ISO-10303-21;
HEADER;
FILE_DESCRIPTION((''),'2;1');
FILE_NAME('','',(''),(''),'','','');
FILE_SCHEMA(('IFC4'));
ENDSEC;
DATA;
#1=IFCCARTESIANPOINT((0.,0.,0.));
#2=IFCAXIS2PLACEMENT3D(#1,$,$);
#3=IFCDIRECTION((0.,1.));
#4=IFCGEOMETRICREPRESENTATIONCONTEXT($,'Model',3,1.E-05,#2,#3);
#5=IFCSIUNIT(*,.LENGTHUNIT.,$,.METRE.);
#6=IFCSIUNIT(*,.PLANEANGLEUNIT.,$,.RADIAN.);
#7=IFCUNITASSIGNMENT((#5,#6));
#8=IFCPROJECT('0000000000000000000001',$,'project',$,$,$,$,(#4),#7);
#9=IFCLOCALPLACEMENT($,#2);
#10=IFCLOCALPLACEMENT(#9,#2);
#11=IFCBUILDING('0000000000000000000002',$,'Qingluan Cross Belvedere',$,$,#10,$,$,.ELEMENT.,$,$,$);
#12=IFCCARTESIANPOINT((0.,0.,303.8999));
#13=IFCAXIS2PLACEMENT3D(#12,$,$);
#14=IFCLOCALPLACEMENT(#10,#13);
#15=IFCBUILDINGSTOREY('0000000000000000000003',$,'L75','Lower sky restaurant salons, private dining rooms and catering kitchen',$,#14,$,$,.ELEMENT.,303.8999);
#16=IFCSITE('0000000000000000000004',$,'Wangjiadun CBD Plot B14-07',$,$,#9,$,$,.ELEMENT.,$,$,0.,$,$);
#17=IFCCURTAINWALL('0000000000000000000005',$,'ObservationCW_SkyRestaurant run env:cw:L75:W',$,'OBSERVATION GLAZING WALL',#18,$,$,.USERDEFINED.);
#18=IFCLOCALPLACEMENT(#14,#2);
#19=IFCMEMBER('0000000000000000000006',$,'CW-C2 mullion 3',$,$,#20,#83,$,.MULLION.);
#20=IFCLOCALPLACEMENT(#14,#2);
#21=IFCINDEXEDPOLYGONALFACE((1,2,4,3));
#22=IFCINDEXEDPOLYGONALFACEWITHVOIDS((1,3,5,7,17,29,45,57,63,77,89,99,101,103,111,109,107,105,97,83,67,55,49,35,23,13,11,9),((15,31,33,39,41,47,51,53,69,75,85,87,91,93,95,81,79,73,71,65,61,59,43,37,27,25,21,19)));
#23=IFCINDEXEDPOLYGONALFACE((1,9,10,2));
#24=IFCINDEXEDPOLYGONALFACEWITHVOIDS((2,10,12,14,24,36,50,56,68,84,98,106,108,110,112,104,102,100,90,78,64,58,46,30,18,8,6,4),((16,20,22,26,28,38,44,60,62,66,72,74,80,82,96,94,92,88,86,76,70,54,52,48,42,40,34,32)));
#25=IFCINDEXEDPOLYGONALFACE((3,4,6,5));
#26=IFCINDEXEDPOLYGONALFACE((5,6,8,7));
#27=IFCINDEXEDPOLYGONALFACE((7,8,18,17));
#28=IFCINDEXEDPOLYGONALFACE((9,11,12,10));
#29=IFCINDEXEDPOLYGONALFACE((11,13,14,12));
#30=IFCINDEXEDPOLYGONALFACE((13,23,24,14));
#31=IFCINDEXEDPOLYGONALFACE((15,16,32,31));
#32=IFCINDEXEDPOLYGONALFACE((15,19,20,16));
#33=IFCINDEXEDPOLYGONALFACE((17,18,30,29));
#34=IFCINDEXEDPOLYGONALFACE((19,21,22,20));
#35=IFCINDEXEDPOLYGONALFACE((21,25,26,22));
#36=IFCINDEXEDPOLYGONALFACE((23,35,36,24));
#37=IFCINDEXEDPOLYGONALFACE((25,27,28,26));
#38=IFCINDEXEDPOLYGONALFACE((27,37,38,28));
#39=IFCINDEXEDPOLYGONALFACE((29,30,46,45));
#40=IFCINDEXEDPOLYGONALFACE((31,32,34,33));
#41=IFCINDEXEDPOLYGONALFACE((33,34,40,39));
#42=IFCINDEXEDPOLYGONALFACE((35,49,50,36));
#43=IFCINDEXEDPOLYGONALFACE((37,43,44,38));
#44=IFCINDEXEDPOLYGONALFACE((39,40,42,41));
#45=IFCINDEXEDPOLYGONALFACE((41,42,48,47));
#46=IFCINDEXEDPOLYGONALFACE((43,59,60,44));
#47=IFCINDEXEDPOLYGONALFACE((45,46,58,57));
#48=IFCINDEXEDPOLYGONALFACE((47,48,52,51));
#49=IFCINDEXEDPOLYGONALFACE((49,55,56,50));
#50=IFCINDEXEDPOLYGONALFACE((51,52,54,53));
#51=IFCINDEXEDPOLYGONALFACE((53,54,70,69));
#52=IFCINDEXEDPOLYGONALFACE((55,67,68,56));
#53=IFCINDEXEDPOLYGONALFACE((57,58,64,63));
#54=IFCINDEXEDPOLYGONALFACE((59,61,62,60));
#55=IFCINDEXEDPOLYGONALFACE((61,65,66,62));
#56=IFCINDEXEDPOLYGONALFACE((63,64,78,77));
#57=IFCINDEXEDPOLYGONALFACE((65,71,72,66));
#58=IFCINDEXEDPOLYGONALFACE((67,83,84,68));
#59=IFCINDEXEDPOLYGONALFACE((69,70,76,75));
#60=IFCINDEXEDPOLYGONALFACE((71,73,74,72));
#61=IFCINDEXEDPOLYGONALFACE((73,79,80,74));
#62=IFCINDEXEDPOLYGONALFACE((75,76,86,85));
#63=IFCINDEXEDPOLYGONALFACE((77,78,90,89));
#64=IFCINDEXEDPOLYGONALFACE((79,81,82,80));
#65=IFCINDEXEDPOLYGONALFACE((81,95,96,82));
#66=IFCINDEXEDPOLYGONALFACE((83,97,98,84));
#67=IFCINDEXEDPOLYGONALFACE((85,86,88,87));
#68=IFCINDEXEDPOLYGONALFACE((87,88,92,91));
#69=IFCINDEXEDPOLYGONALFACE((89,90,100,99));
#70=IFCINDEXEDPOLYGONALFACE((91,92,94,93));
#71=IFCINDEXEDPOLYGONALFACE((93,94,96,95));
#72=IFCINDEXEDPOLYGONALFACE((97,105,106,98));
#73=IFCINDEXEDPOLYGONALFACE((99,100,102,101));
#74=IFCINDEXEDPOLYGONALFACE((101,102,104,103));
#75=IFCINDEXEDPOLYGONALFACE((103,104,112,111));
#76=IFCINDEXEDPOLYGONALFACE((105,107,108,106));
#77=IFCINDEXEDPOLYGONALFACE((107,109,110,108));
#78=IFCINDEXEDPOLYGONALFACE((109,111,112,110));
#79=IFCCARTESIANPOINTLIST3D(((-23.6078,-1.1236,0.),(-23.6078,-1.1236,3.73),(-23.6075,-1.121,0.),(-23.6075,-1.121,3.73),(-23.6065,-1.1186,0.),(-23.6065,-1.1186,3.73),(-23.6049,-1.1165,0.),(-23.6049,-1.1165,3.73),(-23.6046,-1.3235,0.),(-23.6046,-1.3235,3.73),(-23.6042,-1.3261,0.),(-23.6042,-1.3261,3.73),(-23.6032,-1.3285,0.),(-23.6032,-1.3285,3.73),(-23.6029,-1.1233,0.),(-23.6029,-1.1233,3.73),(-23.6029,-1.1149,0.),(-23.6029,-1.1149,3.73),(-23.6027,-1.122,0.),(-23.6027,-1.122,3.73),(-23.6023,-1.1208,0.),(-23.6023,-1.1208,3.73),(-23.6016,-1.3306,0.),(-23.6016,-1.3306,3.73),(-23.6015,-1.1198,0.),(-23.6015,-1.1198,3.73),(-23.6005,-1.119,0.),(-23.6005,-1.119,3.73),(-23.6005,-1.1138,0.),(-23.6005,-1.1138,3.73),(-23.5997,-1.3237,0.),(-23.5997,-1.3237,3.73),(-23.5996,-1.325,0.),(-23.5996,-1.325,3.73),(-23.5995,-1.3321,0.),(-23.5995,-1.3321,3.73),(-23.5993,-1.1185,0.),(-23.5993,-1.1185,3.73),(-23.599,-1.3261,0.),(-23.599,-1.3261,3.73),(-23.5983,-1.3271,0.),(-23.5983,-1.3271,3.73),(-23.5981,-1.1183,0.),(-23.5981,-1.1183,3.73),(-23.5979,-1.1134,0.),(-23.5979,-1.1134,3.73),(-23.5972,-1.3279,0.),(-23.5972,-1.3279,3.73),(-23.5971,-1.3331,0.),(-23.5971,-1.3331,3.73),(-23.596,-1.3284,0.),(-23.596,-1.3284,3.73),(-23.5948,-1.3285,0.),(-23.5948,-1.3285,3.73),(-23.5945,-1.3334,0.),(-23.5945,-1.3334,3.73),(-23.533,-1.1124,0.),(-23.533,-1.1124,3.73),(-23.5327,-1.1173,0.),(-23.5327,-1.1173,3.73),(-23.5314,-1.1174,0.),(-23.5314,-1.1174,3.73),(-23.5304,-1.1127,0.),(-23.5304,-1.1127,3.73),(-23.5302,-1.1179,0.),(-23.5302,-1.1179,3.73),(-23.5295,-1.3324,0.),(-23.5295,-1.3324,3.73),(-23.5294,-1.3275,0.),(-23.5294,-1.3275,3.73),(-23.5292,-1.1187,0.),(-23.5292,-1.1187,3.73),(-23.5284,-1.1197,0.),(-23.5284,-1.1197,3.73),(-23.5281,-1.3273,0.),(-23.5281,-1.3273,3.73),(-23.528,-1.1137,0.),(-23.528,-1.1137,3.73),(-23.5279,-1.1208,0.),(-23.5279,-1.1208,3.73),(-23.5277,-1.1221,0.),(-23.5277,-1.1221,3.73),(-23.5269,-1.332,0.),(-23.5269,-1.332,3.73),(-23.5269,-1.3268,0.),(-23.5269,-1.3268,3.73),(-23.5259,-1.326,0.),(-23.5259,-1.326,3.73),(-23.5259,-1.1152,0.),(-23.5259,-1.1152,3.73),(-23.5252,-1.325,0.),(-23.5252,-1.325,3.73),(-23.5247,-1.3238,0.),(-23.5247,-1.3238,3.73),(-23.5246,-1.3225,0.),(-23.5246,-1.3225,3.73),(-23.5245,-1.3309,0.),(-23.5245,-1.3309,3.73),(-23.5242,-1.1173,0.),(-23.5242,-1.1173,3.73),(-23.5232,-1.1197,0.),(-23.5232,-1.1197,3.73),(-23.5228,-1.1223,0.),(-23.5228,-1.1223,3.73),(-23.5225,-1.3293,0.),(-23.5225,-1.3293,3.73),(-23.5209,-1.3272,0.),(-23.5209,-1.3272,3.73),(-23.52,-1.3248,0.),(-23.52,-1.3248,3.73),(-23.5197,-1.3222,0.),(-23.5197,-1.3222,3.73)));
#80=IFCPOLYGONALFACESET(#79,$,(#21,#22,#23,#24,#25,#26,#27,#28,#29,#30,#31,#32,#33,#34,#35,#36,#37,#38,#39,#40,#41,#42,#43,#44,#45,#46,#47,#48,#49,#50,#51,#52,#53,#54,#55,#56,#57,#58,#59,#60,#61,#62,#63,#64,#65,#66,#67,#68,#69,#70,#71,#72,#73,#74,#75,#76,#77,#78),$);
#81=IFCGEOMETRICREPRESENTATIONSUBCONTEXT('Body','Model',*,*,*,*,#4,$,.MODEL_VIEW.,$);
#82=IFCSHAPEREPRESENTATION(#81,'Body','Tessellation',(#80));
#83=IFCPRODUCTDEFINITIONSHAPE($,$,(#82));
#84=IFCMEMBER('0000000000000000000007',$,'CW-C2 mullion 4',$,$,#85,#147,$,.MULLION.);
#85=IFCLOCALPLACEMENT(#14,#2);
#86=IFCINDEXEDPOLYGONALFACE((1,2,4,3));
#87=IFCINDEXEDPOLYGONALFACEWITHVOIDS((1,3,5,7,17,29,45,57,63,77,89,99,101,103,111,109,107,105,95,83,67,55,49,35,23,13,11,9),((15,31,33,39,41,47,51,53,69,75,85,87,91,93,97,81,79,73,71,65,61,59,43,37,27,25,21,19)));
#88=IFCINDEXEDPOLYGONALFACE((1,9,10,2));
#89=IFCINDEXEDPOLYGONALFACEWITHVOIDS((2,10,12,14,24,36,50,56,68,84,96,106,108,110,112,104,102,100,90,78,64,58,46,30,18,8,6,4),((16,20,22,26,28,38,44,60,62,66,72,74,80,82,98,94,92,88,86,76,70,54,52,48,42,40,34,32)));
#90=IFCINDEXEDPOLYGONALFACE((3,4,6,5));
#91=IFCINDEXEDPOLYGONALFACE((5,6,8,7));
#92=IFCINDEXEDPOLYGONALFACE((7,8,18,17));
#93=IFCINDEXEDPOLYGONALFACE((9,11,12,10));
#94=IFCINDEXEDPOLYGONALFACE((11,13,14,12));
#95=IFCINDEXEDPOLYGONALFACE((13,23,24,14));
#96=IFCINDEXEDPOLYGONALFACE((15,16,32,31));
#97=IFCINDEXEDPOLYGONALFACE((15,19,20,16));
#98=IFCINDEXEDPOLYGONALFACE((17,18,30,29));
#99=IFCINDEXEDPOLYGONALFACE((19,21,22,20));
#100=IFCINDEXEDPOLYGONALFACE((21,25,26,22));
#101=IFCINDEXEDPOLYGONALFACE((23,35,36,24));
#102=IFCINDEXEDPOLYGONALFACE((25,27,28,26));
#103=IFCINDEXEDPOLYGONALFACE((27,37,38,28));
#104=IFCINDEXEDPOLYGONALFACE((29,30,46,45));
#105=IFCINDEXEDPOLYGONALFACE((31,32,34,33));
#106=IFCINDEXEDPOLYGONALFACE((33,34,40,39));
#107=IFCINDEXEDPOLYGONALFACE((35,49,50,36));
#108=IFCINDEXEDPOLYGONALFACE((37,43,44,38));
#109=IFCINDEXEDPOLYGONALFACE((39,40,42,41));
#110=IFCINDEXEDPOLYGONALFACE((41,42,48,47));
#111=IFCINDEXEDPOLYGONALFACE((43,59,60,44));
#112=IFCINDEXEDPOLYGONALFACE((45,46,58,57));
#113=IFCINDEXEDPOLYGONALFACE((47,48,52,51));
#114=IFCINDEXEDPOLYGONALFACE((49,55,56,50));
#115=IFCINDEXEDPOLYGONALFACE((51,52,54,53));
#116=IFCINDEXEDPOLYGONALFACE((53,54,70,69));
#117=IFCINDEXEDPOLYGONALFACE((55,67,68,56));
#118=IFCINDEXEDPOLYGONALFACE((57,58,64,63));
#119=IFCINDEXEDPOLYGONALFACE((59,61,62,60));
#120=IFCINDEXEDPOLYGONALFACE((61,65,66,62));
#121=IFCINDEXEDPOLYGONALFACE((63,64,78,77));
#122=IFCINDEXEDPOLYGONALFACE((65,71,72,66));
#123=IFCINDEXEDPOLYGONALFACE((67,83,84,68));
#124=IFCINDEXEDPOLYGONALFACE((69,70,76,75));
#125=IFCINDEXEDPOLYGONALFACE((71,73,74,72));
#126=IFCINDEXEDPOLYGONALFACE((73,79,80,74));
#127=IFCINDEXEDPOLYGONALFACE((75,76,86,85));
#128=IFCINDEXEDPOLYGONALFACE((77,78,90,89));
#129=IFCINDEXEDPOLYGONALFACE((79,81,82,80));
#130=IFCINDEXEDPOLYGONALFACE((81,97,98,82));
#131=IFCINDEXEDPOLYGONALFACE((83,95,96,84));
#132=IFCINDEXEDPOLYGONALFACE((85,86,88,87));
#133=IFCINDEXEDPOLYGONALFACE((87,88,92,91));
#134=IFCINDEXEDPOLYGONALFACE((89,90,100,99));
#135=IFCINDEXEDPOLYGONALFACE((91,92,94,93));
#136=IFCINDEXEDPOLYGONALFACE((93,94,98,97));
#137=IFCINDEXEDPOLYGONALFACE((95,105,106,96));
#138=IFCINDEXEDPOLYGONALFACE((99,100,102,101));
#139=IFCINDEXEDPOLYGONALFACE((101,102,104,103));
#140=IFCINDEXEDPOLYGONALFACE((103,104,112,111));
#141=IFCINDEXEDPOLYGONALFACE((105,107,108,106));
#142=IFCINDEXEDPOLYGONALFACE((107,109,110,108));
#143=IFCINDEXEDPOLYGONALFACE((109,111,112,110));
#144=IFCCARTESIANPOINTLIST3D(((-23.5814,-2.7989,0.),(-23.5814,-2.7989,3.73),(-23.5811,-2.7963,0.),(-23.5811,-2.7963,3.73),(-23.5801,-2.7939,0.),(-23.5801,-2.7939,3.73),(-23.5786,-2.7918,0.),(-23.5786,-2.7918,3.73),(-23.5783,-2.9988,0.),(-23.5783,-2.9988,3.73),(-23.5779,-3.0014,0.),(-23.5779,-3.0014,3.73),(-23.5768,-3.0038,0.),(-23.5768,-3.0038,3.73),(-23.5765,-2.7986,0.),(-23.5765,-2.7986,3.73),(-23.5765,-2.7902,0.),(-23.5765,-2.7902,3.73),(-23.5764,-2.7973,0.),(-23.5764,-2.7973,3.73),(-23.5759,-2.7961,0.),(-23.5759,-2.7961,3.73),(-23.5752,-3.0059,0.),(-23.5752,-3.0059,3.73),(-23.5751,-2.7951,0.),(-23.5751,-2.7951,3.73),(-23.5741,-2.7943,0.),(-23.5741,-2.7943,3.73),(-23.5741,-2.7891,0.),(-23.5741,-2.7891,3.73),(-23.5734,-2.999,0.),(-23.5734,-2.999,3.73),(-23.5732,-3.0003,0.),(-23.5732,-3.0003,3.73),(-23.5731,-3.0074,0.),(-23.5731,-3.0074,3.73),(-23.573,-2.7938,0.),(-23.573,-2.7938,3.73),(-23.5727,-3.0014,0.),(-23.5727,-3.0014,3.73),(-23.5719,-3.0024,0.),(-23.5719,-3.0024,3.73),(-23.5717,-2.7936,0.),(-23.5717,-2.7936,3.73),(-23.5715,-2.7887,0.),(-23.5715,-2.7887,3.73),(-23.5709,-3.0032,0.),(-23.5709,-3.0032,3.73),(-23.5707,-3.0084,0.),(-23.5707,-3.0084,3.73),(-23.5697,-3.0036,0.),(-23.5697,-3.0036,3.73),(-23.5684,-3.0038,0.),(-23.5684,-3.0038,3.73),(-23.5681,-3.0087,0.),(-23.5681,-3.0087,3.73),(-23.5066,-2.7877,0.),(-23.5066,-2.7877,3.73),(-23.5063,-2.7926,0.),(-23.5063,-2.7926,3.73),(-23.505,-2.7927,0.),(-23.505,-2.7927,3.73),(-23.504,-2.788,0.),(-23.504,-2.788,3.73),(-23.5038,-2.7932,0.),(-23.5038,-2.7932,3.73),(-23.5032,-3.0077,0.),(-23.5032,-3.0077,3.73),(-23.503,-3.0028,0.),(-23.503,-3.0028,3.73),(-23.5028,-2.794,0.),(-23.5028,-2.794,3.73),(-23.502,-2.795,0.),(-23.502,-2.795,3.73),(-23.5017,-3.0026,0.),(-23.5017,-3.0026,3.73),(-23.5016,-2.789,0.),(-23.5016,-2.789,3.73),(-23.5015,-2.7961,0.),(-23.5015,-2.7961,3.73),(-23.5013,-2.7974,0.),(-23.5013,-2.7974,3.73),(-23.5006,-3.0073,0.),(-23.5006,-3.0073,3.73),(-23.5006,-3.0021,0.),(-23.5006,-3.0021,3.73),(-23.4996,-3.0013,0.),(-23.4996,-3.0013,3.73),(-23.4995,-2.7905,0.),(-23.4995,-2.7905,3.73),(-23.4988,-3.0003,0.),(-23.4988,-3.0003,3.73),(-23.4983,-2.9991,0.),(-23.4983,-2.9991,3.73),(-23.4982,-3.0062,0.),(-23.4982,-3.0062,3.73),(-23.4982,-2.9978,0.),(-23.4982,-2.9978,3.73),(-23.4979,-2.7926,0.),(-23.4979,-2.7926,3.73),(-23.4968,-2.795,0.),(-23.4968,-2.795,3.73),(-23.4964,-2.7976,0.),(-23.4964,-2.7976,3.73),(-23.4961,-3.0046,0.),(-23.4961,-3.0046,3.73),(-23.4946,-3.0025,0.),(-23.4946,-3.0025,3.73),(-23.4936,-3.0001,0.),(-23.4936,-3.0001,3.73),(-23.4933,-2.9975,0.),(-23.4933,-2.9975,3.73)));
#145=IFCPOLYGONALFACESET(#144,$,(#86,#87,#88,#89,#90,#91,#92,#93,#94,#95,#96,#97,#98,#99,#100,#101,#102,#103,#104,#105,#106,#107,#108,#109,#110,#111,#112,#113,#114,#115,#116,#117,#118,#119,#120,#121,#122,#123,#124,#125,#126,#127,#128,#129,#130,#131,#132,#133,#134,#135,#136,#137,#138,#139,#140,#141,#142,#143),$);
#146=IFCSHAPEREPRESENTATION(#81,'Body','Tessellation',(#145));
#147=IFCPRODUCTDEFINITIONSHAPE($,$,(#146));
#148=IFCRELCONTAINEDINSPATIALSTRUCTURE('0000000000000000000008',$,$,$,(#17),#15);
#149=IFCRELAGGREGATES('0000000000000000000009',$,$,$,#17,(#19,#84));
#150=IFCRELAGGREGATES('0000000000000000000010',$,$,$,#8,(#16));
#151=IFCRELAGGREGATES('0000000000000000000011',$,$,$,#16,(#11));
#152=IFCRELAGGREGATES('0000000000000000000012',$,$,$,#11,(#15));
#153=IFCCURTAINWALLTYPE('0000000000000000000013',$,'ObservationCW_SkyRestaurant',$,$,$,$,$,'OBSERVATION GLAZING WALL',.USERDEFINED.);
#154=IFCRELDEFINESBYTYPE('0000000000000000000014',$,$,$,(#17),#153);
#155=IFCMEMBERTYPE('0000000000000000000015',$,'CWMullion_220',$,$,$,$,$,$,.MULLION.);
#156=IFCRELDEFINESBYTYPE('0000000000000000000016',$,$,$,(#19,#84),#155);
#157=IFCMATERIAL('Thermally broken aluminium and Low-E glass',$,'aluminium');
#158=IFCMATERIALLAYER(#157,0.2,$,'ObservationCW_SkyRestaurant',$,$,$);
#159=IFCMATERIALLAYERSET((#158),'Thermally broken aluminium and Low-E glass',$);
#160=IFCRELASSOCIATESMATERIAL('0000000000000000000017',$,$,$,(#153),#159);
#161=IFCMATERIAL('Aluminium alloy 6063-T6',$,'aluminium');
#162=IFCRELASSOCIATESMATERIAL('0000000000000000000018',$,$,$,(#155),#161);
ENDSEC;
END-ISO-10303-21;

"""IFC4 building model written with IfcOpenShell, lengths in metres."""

from ifc_helpers import new_model, si_unit, direction, frame, origin, origin_2d, place, context, subcontext, project, spatial, hollow_rectangle, extrude, material, layer, layer_set, material_profile, profile_set, type_object, element, aggregate, save


model = new_model("IFC4")

# Units and contexts
model_context = context("Model", 3, precision=1e-05, world=origin(), true_north=direction((0.0, 1.0)))
body_context = subcontext(model_context, "Body", "Model", "MODEL_VIEW")
ifc_project = project(units=[si_unit("LENGTHUNIT", "METRE"), si_unit("PLANEANGLEUNIT", "RADIAN")], contexts=[model_context])

# Site, building, storey
site_placement = place(None, origin())
site = spatial("IfcSite", under=ifc_project, at=site_placement, Name="Wangjiadun CBD Plot B14-07", CompositionType="ELEMENT", RefElevation=0.0)
building_placement = place(site_placement, origin())
building = spatial("IfcBuilding", under=site, at=building_placement, Name="Qingluan Cross Belvedere", CompositionType="ELEMENT")
storey_placement = place(building_placement, frame((0.0, 0.0, 303.8999)))
storey = spatial("IfcBuildingStorey", under=building, at=storey_placement, Name="L75", Description="Lower sky restaurant salons, private dining rooms and catering kitchen", CompositionType="ELEMENT", Elevation=303.8999)

# Curtain wall, members
ifc_material_1 = material(Name="Thermally broken aluminium and Low-E glass", Category="aluminium")
ifc_layer_1 = layer(ifc_material_1, 0.2, Name="ObservationCW_SkyRestaurant")
ifc_layer_set_1 = layer_set([ifc_layer_1], Name="Thermally broken aluminium and Low-E glass")
curtain_wall_type = type_object("IfcCurtainWallType", Name="ObservationCW_SkyRestaurant", ElementType="OBSERVATION GLAZING WALL", PredefinedType="USERDEFINED", material=ifc_layer_set_1)
curtain_wall_placement = place(storey_placement, origin())
curtain_wall = element("IfcCurtainWall", 1, at=curtain_wall_placement, inside=storey, type_object=curtain_wall_type, Name="ObservationCW_SkyRestaurant run env:cw:L75:W", ObjectType="OBSERVATION GLAZING WALL", PredefinedType="USERDEFINED")
ifc_material_2 = material(Name="Aluminium alloy 6063-T6", Category="aluminium")
ifc_material_profile_1 = material_profile(ifc_material_2, hollow_rectangle(XDim=0.085, YDim=0.22, WallThickness=0.0049, InnerFilletRadius=0.0049, OuterFilletRadius=0.01, at=origin_2d()), Name="CWM220x85x5")
ifc_profile_set_1 = profile_set([ifc_material_profile_1], Name="Aluminium alloy 6063-T6")
member_type_1 = type_object("IfcMemberType", Name="CWMullion_220", PredefinedType="MULLION", material=ifc_profile_set_1)
member_1_placement = place(storey_placement, frame((-23.5637, -1.2229, 0.0), z_axis=(0.0, 0.0, 1.0), x_axis=(0.999877, 0.015696, 0.0)))
member_1 = element("IfcMember", 2, at=member_1_placement, type_object=member_type_1, Name="CW-C2 mullion 3", PredefinedType="MULLION", context=body_context, shape_type="SweptSolid", body=[
    extrude(hollow_rectangle(XDim=0.085, YDim=0.22, WallThickness=0.0049, InnerFilletRadius=0.0049, OuterFilletRadius=0.01, at=origin_2d()), origin(), (0.0, 0.0, 1.0), 3.73),
])
member_2_placement = place(storey_placement, frame((-23.5374, -2.8982, 0.0), z_axis=(0.0, 0.0, 1.0), x_axis=(0.999877, 0.015696, 0.0)))
member_2 = element("IfcMember", 3, at=member_2_placement, type_object=member_type_1, Name="CW-C2 mullion 4", PredefinedType="MULLION", context=body_context, shape_type="SweptSolid", body=[
    extrude(hollow_rectangle(XDim=0.085, YDim=0.22, WallThickness=0.0049, InnerFilletRadius=0.0049, OuterFilletRadius=0.01, at=origin_2d()), origin(), (0.0, 0.0, 1.0), 3.73),
])
aggregate(curtain_wall, [member_1, member_2])

save(model, "model.ifc")
